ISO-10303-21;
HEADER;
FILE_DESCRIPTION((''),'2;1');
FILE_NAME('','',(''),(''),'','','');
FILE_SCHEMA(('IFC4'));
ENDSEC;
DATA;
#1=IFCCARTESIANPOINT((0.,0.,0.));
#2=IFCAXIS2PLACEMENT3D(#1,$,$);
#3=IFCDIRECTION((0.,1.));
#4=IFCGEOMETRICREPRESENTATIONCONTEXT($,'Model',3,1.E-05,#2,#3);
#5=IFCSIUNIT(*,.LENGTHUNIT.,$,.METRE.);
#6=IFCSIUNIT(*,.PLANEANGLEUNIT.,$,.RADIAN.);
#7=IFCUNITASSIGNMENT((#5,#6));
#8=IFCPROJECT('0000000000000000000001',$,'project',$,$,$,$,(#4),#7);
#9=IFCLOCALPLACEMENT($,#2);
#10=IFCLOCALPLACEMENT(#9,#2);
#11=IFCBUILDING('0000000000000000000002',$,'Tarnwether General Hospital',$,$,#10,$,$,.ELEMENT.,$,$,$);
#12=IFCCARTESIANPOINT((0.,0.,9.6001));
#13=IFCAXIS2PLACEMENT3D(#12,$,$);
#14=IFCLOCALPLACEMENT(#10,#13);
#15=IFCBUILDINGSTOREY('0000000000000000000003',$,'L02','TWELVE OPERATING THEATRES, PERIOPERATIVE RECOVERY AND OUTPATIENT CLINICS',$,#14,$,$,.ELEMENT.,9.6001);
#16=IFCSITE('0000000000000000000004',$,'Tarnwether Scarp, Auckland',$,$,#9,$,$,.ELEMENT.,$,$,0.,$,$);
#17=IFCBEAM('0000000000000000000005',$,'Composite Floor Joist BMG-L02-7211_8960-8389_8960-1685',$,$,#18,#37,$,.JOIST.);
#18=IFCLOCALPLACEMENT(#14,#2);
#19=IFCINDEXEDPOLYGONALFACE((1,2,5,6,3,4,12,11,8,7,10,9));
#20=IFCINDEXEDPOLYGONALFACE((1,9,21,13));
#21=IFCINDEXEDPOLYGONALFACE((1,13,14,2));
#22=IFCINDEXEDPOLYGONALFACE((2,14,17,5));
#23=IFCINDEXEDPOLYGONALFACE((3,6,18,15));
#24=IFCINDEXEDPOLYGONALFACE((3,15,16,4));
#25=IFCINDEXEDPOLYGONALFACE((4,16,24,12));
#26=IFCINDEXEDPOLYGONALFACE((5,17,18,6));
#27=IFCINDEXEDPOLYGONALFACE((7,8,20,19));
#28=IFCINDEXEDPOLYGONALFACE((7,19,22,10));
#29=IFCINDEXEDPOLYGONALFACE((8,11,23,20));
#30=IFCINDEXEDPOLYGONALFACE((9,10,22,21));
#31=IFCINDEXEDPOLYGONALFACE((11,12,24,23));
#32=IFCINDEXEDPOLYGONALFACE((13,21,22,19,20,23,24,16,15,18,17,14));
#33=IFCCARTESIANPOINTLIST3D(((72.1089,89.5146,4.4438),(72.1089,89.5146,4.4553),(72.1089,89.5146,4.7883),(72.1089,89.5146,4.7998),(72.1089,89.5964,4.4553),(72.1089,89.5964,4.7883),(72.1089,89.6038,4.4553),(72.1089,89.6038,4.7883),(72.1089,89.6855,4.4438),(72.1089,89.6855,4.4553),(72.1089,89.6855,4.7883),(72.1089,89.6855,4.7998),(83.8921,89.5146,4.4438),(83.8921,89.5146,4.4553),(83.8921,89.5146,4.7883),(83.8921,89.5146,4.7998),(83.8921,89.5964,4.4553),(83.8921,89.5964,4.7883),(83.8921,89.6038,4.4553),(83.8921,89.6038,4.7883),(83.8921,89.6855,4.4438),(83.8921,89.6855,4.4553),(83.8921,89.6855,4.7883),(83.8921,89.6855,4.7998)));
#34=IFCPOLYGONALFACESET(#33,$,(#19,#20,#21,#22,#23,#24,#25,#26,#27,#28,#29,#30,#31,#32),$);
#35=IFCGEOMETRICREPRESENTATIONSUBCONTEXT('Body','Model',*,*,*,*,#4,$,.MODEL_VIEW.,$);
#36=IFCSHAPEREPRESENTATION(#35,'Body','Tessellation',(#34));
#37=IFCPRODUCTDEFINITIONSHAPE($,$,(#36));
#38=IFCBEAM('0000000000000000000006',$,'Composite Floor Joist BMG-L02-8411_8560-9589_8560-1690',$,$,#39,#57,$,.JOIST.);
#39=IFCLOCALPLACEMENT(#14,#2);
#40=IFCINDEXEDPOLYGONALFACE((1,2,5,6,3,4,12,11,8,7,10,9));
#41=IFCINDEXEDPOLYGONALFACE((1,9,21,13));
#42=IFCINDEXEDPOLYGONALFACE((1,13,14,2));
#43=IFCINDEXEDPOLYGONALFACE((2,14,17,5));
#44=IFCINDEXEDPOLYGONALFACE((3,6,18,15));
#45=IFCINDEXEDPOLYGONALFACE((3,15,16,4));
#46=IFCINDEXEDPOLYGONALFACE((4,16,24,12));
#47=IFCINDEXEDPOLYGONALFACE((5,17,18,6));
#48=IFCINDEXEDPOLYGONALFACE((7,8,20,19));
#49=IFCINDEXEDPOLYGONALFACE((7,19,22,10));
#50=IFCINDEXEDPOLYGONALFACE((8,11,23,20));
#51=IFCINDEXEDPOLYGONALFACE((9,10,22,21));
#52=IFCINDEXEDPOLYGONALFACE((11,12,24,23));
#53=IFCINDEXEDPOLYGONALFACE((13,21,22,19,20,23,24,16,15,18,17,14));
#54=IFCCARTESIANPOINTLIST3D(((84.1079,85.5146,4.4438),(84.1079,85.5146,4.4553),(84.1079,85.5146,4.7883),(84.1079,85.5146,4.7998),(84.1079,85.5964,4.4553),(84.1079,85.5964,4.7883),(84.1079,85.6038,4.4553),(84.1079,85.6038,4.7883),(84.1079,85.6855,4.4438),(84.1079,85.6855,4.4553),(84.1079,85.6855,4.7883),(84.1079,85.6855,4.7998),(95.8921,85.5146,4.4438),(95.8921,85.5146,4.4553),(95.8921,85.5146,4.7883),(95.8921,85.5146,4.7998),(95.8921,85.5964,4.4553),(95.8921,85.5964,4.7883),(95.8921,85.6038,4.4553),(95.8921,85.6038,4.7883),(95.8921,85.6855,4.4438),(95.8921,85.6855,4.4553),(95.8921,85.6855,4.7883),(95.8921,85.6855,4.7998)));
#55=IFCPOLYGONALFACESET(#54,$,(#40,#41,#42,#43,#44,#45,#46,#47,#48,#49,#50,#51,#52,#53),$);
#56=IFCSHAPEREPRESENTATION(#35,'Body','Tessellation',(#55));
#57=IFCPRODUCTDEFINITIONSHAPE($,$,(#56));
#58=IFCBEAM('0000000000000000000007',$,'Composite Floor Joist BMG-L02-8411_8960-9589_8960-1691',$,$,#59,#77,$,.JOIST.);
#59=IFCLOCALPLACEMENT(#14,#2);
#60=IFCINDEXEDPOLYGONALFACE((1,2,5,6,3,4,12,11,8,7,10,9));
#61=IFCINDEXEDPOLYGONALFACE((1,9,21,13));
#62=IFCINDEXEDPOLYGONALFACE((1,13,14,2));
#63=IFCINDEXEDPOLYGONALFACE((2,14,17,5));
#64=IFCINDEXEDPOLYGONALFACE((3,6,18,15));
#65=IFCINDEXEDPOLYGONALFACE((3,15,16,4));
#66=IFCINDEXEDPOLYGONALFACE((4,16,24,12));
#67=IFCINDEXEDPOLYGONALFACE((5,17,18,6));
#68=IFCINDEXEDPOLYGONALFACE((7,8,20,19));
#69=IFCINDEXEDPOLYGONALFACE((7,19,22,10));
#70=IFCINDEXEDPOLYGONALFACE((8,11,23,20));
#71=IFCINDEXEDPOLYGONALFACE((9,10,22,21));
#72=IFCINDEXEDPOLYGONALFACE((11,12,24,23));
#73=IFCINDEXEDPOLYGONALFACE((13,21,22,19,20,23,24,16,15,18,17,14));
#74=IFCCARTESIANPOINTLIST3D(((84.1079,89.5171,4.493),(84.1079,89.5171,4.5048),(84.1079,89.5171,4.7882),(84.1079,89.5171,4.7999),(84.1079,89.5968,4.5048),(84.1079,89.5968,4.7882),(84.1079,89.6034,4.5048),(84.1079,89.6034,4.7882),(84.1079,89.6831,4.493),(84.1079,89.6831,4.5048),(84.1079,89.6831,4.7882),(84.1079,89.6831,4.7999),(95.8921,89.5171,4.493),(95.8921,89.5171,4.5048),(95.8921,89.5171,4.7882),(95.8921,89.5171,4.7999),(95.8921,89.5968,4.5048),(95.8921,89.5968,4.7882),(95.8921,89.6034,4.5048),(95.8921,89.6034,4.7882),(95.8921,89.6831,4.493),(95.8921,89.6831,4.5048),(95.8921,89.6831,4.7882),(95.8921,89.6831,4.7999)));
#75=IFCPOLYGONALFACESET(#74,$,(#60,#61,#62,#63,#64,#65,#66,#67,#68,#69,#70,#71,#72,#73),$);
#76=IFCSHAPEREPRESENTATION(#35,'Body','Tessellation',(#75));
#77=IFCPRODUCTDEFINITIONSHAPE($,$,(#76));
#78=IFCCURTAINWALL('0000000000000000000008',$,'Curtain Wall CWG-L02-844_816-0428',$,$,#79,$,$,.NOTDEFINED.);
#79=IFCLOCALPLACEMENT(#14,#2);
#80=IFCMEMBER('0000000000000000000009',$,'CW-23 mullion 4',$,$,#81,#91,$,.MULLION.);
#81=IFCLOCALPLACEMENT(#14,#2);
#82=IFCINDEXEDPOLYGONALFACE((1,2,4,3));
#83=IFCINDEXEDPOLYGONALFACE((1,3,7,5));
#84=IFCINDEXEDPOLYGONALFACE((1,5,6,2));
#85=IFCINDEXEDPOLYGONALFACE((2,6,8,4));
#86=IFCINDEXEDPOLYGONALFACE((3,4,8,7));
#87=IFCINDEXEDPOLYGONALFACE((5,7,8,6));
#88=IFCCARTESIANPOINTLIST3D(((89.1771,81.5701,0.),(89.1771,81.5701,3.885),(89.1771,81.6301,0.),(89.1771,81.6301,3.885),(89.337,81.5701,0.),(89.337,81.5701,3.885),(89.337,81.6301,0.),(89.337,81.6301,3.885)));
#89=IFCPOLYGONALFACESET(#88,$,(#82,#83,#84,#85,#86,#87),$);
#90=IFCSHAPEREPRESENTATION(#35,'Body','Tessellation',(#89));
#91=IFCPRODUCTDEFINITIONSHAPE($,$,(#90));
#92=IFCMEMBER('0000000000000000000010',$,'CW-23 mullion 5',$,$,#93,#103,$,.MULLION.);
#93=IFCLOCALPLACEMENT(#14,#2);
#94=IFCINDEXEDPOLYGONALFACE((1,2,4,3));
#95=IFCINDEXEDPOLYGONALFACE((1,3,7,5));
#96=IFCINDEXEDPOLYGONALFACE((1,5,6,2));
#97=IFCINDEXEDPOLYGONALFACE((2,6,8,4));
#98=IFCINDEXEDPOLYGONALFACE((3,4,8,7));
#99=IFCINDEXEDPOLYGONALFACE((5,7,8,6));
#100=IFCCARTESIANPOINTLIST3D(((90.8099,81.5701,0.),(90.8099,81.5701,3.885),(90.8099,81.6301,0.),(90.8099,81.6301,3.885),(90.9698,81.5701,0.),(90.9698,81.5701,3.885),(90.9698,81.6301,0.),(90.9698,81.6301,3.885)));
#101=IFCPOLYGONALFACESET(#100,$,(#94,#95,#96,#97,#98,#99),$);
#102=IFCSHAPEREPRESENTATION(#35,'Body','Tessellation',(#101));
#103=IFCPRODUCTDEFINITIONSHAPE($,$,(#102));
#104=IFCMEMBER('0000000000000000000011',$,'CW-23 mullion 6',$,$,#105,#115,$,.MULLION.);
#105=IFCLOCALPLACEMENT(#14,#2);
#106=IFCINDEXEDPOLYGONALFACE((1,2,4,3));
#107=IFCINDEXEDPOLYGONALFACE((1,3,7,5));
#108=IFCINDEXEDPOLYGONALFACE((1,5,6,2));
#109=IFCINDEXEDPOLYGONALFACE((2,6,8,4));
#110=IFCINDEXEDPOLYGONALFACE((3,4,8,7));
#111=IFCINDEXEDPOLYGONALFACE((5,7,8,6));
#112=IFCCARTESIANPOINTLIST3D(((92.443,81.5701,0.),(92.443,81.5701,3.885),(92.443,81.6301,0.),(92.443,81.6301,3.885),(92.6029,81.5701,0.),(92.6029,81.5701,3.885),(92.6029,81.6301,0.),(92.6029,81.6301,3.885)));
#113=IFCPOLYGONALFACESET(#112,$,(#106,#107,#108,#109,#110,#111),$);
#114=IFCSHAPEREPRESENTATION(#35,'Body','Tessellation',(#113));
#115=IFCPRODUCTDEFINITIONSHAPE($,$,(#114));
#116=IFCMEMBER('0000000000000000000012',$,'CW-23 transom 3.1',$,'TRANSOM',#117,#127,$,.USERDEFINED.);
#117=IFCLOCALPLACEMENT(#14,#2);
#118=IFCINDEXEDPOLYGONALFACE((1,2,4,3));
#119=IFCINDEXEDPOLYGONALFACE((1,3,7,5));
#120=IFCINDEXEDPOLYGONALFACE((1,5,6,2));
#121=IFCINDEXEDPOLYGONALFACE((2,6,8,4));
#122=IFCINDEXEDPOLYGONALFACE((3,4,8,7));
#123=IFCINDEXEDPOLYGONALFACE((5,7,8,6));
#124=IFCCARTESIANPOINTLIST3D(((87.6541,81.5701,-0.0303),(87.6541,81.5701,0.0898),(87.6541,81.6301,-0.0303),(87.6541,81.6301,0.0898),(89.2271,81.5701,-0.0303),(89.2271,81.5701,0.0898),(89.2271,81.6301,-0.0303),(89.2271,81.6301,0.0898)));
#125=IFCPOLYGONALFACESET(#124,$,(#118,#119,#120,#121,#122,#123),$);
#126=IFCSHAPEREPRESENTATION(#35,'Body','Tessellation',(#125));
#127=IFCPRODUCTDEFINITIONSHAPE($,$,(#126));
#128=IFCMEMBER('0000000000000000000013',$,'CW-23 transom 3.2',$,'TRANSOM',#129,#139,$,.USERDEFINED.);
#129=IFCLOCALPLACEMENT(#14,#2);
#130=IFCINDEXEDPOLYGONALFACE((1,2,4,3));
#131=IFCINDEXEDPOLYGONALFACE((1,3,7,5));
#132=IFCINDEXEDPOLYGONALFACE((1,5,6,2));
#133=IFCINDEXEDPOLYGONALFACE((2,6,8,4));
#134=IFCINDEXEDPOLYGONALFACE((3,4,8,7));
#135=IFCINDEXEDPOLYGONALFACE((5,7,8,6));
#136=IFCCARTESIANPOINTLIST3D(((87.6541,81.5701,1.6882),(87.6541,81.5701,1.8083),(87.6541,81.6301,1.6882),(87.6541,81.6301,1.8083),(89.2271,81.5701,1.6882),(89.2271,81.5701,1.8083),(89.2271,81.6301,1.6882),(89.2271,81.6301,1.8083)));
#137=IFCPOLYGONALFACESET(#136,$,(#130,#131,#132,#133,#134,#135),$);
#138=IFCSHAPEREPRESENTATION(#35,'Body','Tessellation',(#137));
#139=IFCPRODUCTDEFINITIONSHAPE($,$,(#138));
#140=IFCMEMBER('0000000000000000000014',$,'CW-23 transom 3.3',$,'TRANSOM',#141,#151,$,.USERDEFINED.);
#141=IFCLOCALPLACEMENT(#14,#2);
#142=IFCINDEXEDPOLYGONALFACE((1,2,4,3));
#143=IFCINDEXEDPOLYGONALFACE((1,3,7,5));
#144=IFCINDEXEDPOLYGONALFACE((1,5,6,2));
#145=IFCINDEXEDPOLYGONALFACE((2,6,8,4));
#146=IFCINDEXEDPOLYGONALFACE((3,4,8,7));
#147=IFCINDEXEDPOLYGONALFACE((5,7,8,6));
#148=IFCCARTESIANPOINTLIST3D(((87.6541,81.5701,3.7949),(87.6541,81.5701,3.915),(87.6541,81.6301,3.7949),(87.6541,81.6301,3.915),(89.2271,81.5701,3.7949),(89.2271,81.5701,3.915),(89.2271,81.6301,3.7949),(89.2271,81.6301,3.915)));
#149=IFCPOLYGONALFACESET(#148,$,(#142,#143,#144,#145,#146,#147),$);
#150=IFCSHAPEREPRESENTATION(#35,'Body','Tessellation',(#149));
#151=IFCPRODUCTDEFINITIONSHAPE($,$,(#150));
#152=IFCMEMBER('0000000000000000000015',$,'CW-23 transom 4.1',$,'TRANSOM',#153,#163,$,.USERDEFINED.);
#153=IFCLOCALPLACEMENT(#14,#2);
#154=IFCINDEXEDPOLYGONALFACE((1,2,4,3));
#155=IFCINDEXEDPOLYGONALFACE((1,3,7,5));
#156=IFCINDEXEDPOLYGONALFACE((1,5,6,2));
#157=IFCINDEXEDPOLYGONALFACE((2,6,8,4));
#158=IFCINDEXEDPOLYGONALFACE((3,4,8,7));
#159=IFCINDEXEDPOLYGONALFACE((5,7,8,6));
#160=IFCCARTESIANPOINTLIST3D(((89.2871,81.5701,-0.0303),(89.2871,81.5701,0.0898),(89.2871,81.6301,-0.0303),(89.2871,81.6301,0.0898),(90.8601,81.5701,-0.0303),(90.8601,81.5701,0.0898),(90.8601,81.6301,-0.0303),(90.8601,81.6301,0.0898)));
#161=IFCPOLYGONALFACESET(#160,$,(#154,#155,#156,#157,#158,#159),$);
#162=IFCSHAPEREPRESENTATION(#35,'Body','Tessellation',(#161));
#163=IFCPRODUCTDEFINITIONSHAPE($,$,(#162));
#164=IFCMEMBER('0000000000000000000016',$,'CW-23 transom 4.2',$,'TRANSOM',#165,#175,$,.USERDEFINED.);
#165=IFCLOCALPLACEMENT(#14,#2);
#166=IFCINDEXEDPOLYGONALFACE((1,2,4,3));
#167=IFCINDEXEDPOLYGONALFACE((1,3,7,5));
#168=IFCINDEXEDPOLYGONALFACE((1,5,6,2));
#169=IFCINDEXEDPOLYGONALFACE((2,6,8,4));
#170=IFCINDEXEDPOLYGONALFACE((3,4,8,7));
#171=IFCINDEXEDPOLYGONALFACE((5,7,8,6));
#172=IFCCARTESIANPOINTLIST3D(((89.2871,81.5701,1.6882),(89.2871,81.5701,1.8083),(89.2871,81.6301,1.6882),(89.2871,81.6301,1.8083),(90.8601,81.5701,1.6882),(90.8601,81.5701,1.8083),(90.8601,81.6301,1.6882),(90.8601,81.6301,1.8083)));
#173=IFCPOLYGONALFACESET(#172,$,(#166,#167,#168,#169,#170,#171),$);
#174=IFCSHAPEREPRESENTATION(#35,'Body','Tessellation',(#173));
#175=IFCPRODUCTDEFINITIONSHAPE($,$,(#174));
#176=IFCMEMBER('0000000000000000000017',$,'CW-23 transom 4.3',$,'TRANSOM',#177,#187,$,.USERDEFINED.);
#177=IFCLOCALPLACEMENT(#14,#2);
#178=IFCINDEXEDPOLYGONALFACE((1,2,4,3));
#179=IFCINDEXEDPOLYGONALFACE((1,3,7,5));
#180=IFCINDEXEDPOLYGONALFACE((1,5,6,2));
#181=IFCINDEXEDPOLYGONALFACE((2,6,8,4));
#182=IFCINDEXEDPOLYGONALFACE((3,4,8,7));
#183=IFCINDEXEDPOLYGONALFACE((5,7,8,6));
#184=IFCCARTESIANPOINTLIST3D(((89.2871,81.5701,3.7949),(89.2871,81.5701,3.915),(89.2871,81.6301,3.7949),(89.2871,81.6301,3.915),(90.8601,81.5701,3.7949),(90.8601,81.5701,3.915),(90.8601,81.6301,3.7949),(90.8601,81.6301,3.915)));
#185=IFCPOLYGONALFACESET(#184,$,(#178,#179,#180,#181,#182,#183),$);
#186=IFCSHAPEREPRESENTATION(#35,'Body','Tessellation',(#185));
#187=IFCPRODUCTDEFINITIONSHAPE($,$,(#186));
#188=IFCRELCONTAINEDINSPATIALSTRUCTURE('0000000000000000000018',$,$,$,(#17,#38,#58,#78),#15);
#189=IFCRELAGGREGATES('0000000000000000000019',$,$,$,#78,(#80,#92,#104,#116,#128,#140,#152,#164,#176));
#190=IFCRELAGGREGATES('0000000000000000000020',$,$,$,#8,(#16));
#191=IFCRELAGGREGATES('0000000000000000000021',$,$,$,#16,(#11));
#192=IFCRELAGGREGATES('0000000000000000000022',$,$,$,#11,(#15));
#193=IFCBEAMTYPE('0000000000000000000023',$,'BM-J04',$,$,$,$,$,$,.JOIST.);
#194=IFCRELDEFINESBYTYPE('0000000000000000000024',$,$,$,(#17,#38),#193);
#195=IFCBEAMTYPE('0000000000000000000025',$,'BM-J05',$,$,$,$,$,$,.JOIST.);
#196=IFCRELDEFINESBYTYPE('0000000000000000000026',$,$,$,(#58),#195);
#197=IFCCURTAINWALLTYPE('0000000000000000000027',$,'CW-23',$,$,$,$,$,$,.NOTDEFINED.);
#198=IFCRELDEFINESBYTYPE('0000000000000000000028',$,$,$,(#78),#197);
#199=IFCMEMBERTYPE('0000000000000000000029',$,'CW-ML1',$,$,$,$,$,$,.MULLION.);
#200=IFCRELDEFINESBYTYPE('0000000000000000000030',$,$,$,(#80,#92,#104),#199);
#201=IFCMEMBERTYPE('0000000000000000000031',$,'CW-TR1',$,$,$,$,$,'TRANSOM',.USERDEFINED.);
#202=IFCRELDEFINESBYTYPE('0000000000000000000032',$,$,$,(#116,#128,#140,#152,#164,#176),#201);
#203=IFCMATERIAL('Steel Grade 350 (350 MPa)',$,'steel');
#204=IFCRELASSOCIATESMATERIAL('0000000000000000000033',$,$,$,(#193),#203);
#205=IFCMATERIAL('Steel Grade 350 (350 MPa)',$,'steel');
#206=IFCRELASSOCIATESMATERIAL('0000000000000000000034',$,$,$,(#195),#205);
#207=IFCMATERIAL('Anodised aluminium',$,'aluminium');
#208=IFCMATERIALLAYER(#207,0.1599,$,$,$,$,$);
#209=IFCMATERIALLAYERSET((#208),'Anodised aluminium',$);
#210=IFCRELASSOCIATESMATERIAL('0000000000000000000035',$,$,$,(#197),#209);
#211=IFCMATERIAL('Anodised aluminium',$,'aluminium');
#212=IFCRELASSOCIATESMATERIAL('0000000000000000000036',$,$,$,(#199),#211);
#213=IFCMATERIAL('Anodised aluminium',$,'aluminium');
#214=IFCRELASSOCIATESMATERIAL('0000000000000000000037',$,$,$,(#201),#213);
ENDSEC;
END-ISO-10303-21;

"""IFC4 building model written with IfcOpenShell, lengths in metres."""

from ifc_helpers import new_model, si_unit, direction, frame, origin, origin_2d, place, context, subcontext, project, spatial, rectangle, i_section, extrude, material, layer, layer_set, material_profile, profile_set, type_object, element, aggregate, save


model = new_model("IFC4")

# Units and contexts
model_context = context("Model", 3, precision=1e-05, world=origin(), true_north=direction((0.0, 1.0)))
body_context = subcontext(model_context, "Body", "Model", "MODEL_VIEW")
ifc_project = project(units=[si_unit("LENGTHUNIT", "METRE"), si_unit("PLANEANGLEUNIT", "RADIAN")], contexts=[model_context])

# Site, building, storey
site_placement = place(None, origin())
site = spatial("IfcSite", under=ifc_project, at=site_placement, Name="Tarnwether Scarp, Auckland", CompositionType="ELEMENT", RefElevation=0.0)
building_placement = place(site_placement, origin())
building = spatial("IfcBuilding", under=site, at=building_placement, Name="Tarnwether General Hospital", CompositionType="ELEMENT")
storey_placement = place(building_placement, frame((0.0, 0.0, 9.6001)))
storey = spatial("IfcBuildingStorey", under=building, at=storey_placement, Name="L02", Description="TWELVE OPERATING THEATRES, PERIOPERATIVE RECOVERY AND OUTPATIENT CLINICS", CompositionType="ELEMENT", Elevation=9.6001)

# Beams
ifc_material_1 = material(Name="Steel Grade 350 (350 MPa)", Category="steel")
ifc_material_profile_1 = material_profile(ifc_material_1, i_section(OverallWidth=0.1709, OverallDepth=0.356, WebThickness=0.0073, FlangeThickness=0.0115, at=origin_2d()), Name="360UB50.7")
ifc_profile_set_1 = profile_set([ifc_material_profile_1], Name="Steel Grade 350 (350 MPa)")
beam_type_1 = type_object("IfcBeamType", Name="BM-J04", PredefinedType="JOIST", material=ifc_profile_set_1)
beam_1_placement = place(storey_placement, frame((72.1089, 89.6001, 4.6218), z_axis=(1.0, 0.0, 0.0), x_axis=(0.0, 1.0, 0.0)))
element("IfcBeam", 1, at=beam_1_placement, inside=storey, type_object=beam_type_1, Name="Composite Floor Joist BMG-L02-7211_8960-8389_8960-1685", PredefinedType="JOIST", context=body_context, shape_type="SweptSolid", body=[
    extrude(i_section(OverallWidth=0.1709, OverallDepth=0.356, WebThickness=0.0073, FlangeThickness=0.0115, at=origin_2d()), origin(), (0.0, 0.0, 1.0), 11.7832),
])
beam_2_placement = place(storey_placement, frame((84.1079, 85.6001, 4.6218), z_axis=(1.0, 0.0, 0.0), x_axis=(0.0, 1.0, 0.0)))
element("IfcBeam", 2, at=beam_2_placement, inside=storey, type_object=beam_type_1, Name="Composite Floor Joist BMG-L02-8411_8560-9589_8560-1690", PredefinedType="JOIST", context=body_context, shape_type="SweptSolid", body=[
    extrude(i_section(OverallWidth=0.1709, OverallDepth=0.356, WebThickness=0.0073, FlangeThickness=0.0115, at=origin_2d()), origin(), (0.0, 0.0, 1.0), 11.7842),
])
ifc_material_2 = material(Name="Steel Grade 350 (350 MPa)", Category="steel")
ifc_material_profile_2 = material_profile(ifc_material_2, i_section(OverallWidth=0.166, OverallDepth=0.3069, WebThickness=0.0066, FlangeThickness=0.0117, at=origin_2d()), Name="310UB46.2")
ifc_profile_set_2 = profile_set([ifc_material_profile_2], Name="Steel Grade 350 (350 MPa)")
beam_type_2 = type_object("IfcBeamType", Name="BM-J05", PredefinedType="JOIST", material=ifc_profile_set_2)
beam_3_placement = place(storey_placement, frame((84.1079, 89.6001, 4.6465), z_axis=(1.0, 0.0, 0.0), x_axis=(0.0, 1.0, 0.0)))
element("IfcBeam", 3, at=beam_3_placement, inside=storey, type_object=beam_type_2, Name="Composite Floor Joist BMG-L02-8411_8960-9589_8960-1691", PredefinedType="JOIST", context=body_context, shape_type="SweptSolid", body=[
    extrude(i_section(OverallWidth=0.166, OverallDepth=0.3069, WebThickness=0.0066, FlangeThickness=0.0117, at=origin_2d()), origin(), (0.0, 0.0, 1.0), 11.7842),
])

# Curtain wall, members
ifc_material_3 = material(Name="Anodised aluminium", Category="aluminium")
ifc_layer_1 = layer(ifc_material_3, 0.1599)
ifc_layer_set_1 = layer_set([ifc_layer_1], Name="Anodised aluminium")
curtain_wall_type = type_object("IfcCurtainWallType", Name="CW-23", PredefinedType="NOTDEFINED", material=ifc_layer_set_1)
curtain_wall_placement = place(storey_placement, origin())
curtain_wall = element("IfcCurtainWall", 4, at=curtain_wall_placement, inside=storey, type_object=curtain_wall_type, Name="Curtain Wall CWG-L02-844_816-0428", PredefinedType="NOTDEFINED")
ifc_material_4 = material(Name="Anodised aluminium", Category="aluminium")
ifc_material_profile_3 = material_profile(ifc_material_4, rectangle(XDim=0.0601, YDim=0.1599, at=origin_2d()), Name="ALU-MUL-60x160")
ifc_profile_set_3 = profile_set([ifc_material_profile_3], Name="Anodised aluminium")
member_type_1 = type_object("IfcMemberType", Name="CW-ML1", PredefinedType="MULLION", material=ifc_profile_set_3)
member_1_placement = place(storey_placement, frame((89.2571, 81.6001, 0.0), z_axis=(0.0, 0.0, 1.0), x_axis=(0.0, 1.0, 0.0)))
member_1 = element("IfcMember", 5, at=member_1_placement, type_object=member_type_1, Name="CW-23 mullion 4", PredefinedType="MULLION", context=body_context, shape_type="SweptSolid", body=[
    extrude(rectangle(XDim=0.0601, YDim=0.1599, at=origin_2d()), origin(), (0.0, 0.0, 1.0), 3.885),
])
member_2_placement = place(storey_placement, frame((90.8899, 81.6001, 0.0), z_axis=(0.0, 0.0, 1.0), x_axis=(0.0, 1.0, 0.0)))
member_2 = element("IfcMember", 6, at=member_2_placement, type_object=member_type_1, Name="CW-23 mullion 5", PredefinedType="MULLION", context=body_context, shape_type="SweptSolid", body=[
    extrude(rectangle(XDim=0.0601, YDim=0.1599, at=origin_2d()), origin(), (0.0, 0.0, 1.0), 3.885),
])
member_3_placement = place(storey_placement, frame((92.5229, 81.6001, 0.0), z_axis=(0.0, 0.0, 1.0), x_axis=(0.0, 1.0, 0.0)))
member_3 = element("IfcMember", 7, at=member_3_placement, type_object=member_type_1, Name="CW-23 mullion 6", PredefinedType="MULLION", context=body_context, shape_type="SweptSolid", body=[
    extrude(rectangle(XDim=0.0601, YDim=0.1599, at=origin_2d()), origin(), (0.0, 0.0, 1.0), 3.885),
])
ifc_material_5 = material(Name="Anodised aluminium", Category="aluminium")
ifc_material_profile_4 = material_profile(ifc_material_5, rectangle(XDim=0.0601, YDim=0.1201, at=origin_2d()), Name="ALU-TRN-60x120")
ifc_profile_set_4 = profile_set([ifc_material_profile_4], Name="Anodised aluminium")
member_type_2 = type_object("IfcMemberType", Name="CW-TR1", ElementType="TRANSOM", PredefinedType="USERDEFINED", material=ifc_profile_set_4)
member_4_placement = place(storey_placement, frame((87.6541, 81.6001, 0.0298), z_axis=(1.0, 0.0, 0.0), x_axis=(0.0, 1.0, 0.0)))
member_4 = element("IfcMember", 8, at=member_4_placement, type_object=member_type_2, Name="CW-23 transom 3.1", ObjectType="TRANSOM", PredefinedType="USERDEFINED", context=body_context, shape_type="SweptSolid", body=[
    extrude(rectangle(XDim=0.0601, YDim=0.1201, at=origin_2d()), origin(), (0.0, 0.0, 1.0), 1.573),
])
member_5_placement = place(storey_placement, frame((87.6541, 81.6001, 1.7483), z_axis=(1.0, 0.0, 0.0), x_axis=(0.0, 1.0, 0.0)))
member_5 = element("IfcMember", 9, at=member_5_placement, type_object=member_type_2, Name="CW-23 transom 3.2", ObjectType="TRANSOM", PredefinedType="USERDEFINED", context=body_context, shape_type="SweptSolid", body=[
    extrude(rectangle(XDim=0.0601, YDim=0.1201, at=origin_2d()), origin(), (0.0, 0.0, 1.0), 1.573),
])
member_6_placement = place(storey_placement, frame((87.6541, 81.6001, 3.855), z_axis=(1.0, 0.0, 0.0), x_axis=(0.0, 1.0, 0.0)))
member_6 = element("IfcMember", 10, at=member_6_placement, type_object=member_type_2, Name="CW-23 transom 3.3", ObjectType="TRANSOM", PredefinedType="USERDEFINED", context=body_context, shape_type="SweptSolid", body=[
    extrude(rectangle(XDim=0.0601, YDim=0.1201, at=origin_2d()), origin(), (0.0, 0.0, 1.0), 1.573),
])
member_7_placement = place(storey_placement, frame((89.2871, 81.6001, 0.0298), z_axis=(1.0, 0.0, 0.0), x_axis=(0.0, 1.0, 0.0)))
member_7 = element("IfcMember", 11, at=member_7_placement, type_object=member_type_2, Name="CW-23 transom 4.1", ObjectType="TRANSOM", PredefinedType="USERDEFINED", context=body_context, shape_type="SweptSolid", body=[
    extrude(rectangle(XDim=0.0601, YDim=0.1201, at=origin_2d()), origin(), (0.0, 0.0, 1.0), 1.573),
])
member_8_placement = place(storey_placement, frame((89.2871, 81.6001, 1.7483), z_axis=(1.0, 0.0, 0.0), x_axis=(0.0, 1.0, 0.0)))
member_8 = element("IfcMember", 12, at=member_8_placement, type_object=member_type_2, Name="CW-23 transom 4.2", ObjectType="TRANSOM", PredefinedType="USERDEFINED", context=body_context, shape_type="SweptSolid", body=[
    extrude(rectangle(XDim=0.0601, YDim=0.1201, at=origin_2d()), origin(), (0.0, 0.0, 1.0), 1.573),
])
member_9_placement = place(storey_placement, frame((89.2871, 81.6001, 3.855), z_axis=(1.0, 0.0, 0.0), x_axis=(0.0, 1.0, 0.0)))
member_9 = element("IfcMember", 13, at=member_9_placement, type_object=member_type_2, Name="CW-23 transom 4.3", ObjectType="TRANSOM", PredefinedType="USERDEFINED", context=body_context, shape_type="SweptSolid", body=[
    extrude(rectangle(XDim=0.0601, YDim=0.1201, at=origin_2d()), origin(), (0.0, 0.0, 1.0), 1.573),
])
aggregate(curtain_wall, [member_1, member_2, member_3, member_4, member_5, member_6, member_7, member_8, member_9])

save(model, "model.ifc")
